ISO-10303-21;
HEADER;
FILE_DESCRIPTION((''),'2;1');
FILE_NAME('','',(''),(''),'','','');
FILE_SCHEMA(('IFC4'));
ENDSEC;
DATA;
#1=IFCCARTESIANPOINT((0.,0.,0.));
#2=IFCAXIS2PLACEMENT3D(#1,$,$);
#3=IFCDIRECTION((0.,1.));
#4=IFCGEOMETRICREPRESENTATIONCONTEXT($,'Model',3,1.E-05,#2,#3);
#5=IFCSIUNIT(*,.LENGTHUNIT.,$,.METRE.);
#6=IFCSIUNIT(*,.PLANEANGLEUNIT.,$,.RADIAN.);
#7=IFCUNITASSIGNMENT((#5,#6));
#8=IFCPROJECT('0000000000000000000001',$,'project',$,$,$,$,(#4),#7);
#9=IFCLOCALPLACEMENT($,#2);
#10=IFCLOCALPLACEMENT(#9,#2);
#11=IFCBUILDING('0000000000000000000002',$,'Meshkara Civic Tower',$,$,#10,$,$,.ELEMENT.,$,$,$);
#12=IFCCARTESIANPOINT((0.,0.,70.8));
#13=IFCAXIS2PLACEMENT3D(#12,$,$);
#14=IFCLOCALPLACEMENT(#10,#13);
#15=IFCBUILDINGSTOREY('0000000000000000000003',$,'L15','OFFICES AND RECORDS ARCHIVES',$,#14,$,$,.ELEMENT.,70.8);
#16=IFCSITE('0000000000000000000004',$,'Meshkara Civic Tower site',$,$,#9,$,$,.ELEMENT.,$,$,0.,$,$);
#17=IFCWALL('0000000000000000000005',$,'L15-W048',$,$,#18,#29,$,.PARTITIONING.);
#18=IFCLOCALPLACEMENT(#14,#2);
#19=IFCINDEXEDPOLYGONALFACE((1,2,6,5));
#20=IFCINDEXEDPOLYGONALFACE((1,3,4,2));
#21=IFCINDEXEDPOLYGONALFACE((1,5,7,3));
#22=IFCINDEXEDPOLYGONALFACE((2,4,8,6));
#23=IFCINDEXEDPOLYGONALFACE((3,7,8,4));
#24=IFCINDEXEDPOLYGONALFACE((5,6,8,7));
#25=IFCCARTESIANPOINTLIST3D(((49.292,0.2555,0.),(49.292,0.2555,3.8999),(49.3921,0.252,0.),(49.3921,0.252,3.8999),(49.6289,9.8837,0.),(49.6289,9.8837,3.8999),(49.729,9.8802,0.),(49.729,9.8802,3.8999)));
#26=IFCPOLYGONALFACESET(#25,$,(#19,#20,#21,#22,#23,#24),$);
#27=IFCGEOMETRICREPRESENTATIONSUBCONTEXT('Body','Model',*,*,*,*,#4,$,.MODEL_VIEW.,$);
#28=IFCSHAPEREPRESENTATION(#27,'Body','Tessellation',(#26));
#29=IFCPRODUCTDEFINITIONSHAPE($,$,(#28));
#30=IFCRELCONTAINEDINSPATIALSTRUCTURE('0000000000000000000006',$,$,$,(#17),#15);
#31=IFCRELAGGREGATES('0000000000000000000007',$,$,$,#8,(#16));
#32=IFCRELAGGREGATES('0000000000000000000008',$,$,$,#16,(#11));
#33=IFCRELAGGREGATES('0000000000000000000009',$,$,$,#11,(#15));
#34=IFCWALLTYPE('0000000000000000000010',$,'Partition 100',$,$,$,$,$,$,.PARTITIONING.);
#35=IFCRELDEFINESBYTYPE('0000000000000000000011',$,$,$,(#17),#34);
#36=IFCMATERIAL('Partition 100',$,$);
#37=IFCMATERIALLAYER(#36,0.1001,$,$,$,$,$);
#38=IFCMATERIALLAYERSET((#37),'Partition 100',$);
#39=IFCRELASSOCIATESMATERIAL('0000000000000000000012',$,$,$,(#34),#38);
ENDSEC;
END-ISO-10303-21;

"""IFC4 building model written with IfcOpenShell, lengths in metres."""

from ifc_helpers import new_model, si_unit, direction, frame, frame_2d, origin, place, context, subcontext, project, spatial, rectangle, extrude, material, layer, layer_set, type_object, element, save


model = new_model("IFC4")

# Units and contexts
model_context = context("Model", 3, precision=1e-05, world=origin(), true_north=direction((0.0, 1.0)))
body_context = subcontext(model_context, "Body", "Model", "MODEL_VIEW")
ifc_project = project(units=[si_unit("LENGTHUNIT", "METRE"), si_unit("PLANEANGLEUNIT", "RADIAN")], contexts=[model_context])

# Site, building, storey
site_placement = place(None, origin())
site = spatial("IfcSite", under=ifc_project, at=site_placement, Name="Meshkara Civic Tower site", CompositionType="ELEMENT", RefElevation=0.0)
building_placement = place(site_placement, origin())
building = spatial("IfcBuilding", under=site, at=building_placement, Name="Meshkara Civic Tower", CompositionType="ELEMENT")
storey_placement = place(building_placement, frame((0.0, 0.0, 70.8)))
storey = spatial("IfcBuildingStorey", under=building, at=storey_placement, Name="L15", Description="OFFICES AND RECORDS ARCHIVES", CompositionType="ELEMENT", Elevation=70.8)

# Wall
ifc_material_1 = material(Name="Partition 100")
ifc_layer_1 = layer(ifc_material_1, 0.1001)
ifc_layer_set_1 = layer_set([ifc_layer_1], Name="Partition 100")
wall_type_1 = type_object("IfcWallType", Name="Partition 100", PredefinedType="PARTITIONING", material=ifc_layer_set_1)
wall_1_placement = place(storey_placement, frame((49.342, 0.2539, 0.0), z_axis=(0.0, 0.0, 1.0), x_axis=(0.034971, 0.999388, 0.0)))
element("IfcWall", 1, at=wall_1_placement, inside=storey, type_object=wall_type_1, Name="L15-W048", PredefinedType="PARTITIONING", context=body_context, shape_type="SweptSolid", body=[
    extrude(rectangle(XDim=9.634, YDim=0.1001, at=frame_2d((4.8169, 0.0))), origin(), (0.0, 0.0, 1.0), 3.8999),
])

save(model, "model.ifc")
